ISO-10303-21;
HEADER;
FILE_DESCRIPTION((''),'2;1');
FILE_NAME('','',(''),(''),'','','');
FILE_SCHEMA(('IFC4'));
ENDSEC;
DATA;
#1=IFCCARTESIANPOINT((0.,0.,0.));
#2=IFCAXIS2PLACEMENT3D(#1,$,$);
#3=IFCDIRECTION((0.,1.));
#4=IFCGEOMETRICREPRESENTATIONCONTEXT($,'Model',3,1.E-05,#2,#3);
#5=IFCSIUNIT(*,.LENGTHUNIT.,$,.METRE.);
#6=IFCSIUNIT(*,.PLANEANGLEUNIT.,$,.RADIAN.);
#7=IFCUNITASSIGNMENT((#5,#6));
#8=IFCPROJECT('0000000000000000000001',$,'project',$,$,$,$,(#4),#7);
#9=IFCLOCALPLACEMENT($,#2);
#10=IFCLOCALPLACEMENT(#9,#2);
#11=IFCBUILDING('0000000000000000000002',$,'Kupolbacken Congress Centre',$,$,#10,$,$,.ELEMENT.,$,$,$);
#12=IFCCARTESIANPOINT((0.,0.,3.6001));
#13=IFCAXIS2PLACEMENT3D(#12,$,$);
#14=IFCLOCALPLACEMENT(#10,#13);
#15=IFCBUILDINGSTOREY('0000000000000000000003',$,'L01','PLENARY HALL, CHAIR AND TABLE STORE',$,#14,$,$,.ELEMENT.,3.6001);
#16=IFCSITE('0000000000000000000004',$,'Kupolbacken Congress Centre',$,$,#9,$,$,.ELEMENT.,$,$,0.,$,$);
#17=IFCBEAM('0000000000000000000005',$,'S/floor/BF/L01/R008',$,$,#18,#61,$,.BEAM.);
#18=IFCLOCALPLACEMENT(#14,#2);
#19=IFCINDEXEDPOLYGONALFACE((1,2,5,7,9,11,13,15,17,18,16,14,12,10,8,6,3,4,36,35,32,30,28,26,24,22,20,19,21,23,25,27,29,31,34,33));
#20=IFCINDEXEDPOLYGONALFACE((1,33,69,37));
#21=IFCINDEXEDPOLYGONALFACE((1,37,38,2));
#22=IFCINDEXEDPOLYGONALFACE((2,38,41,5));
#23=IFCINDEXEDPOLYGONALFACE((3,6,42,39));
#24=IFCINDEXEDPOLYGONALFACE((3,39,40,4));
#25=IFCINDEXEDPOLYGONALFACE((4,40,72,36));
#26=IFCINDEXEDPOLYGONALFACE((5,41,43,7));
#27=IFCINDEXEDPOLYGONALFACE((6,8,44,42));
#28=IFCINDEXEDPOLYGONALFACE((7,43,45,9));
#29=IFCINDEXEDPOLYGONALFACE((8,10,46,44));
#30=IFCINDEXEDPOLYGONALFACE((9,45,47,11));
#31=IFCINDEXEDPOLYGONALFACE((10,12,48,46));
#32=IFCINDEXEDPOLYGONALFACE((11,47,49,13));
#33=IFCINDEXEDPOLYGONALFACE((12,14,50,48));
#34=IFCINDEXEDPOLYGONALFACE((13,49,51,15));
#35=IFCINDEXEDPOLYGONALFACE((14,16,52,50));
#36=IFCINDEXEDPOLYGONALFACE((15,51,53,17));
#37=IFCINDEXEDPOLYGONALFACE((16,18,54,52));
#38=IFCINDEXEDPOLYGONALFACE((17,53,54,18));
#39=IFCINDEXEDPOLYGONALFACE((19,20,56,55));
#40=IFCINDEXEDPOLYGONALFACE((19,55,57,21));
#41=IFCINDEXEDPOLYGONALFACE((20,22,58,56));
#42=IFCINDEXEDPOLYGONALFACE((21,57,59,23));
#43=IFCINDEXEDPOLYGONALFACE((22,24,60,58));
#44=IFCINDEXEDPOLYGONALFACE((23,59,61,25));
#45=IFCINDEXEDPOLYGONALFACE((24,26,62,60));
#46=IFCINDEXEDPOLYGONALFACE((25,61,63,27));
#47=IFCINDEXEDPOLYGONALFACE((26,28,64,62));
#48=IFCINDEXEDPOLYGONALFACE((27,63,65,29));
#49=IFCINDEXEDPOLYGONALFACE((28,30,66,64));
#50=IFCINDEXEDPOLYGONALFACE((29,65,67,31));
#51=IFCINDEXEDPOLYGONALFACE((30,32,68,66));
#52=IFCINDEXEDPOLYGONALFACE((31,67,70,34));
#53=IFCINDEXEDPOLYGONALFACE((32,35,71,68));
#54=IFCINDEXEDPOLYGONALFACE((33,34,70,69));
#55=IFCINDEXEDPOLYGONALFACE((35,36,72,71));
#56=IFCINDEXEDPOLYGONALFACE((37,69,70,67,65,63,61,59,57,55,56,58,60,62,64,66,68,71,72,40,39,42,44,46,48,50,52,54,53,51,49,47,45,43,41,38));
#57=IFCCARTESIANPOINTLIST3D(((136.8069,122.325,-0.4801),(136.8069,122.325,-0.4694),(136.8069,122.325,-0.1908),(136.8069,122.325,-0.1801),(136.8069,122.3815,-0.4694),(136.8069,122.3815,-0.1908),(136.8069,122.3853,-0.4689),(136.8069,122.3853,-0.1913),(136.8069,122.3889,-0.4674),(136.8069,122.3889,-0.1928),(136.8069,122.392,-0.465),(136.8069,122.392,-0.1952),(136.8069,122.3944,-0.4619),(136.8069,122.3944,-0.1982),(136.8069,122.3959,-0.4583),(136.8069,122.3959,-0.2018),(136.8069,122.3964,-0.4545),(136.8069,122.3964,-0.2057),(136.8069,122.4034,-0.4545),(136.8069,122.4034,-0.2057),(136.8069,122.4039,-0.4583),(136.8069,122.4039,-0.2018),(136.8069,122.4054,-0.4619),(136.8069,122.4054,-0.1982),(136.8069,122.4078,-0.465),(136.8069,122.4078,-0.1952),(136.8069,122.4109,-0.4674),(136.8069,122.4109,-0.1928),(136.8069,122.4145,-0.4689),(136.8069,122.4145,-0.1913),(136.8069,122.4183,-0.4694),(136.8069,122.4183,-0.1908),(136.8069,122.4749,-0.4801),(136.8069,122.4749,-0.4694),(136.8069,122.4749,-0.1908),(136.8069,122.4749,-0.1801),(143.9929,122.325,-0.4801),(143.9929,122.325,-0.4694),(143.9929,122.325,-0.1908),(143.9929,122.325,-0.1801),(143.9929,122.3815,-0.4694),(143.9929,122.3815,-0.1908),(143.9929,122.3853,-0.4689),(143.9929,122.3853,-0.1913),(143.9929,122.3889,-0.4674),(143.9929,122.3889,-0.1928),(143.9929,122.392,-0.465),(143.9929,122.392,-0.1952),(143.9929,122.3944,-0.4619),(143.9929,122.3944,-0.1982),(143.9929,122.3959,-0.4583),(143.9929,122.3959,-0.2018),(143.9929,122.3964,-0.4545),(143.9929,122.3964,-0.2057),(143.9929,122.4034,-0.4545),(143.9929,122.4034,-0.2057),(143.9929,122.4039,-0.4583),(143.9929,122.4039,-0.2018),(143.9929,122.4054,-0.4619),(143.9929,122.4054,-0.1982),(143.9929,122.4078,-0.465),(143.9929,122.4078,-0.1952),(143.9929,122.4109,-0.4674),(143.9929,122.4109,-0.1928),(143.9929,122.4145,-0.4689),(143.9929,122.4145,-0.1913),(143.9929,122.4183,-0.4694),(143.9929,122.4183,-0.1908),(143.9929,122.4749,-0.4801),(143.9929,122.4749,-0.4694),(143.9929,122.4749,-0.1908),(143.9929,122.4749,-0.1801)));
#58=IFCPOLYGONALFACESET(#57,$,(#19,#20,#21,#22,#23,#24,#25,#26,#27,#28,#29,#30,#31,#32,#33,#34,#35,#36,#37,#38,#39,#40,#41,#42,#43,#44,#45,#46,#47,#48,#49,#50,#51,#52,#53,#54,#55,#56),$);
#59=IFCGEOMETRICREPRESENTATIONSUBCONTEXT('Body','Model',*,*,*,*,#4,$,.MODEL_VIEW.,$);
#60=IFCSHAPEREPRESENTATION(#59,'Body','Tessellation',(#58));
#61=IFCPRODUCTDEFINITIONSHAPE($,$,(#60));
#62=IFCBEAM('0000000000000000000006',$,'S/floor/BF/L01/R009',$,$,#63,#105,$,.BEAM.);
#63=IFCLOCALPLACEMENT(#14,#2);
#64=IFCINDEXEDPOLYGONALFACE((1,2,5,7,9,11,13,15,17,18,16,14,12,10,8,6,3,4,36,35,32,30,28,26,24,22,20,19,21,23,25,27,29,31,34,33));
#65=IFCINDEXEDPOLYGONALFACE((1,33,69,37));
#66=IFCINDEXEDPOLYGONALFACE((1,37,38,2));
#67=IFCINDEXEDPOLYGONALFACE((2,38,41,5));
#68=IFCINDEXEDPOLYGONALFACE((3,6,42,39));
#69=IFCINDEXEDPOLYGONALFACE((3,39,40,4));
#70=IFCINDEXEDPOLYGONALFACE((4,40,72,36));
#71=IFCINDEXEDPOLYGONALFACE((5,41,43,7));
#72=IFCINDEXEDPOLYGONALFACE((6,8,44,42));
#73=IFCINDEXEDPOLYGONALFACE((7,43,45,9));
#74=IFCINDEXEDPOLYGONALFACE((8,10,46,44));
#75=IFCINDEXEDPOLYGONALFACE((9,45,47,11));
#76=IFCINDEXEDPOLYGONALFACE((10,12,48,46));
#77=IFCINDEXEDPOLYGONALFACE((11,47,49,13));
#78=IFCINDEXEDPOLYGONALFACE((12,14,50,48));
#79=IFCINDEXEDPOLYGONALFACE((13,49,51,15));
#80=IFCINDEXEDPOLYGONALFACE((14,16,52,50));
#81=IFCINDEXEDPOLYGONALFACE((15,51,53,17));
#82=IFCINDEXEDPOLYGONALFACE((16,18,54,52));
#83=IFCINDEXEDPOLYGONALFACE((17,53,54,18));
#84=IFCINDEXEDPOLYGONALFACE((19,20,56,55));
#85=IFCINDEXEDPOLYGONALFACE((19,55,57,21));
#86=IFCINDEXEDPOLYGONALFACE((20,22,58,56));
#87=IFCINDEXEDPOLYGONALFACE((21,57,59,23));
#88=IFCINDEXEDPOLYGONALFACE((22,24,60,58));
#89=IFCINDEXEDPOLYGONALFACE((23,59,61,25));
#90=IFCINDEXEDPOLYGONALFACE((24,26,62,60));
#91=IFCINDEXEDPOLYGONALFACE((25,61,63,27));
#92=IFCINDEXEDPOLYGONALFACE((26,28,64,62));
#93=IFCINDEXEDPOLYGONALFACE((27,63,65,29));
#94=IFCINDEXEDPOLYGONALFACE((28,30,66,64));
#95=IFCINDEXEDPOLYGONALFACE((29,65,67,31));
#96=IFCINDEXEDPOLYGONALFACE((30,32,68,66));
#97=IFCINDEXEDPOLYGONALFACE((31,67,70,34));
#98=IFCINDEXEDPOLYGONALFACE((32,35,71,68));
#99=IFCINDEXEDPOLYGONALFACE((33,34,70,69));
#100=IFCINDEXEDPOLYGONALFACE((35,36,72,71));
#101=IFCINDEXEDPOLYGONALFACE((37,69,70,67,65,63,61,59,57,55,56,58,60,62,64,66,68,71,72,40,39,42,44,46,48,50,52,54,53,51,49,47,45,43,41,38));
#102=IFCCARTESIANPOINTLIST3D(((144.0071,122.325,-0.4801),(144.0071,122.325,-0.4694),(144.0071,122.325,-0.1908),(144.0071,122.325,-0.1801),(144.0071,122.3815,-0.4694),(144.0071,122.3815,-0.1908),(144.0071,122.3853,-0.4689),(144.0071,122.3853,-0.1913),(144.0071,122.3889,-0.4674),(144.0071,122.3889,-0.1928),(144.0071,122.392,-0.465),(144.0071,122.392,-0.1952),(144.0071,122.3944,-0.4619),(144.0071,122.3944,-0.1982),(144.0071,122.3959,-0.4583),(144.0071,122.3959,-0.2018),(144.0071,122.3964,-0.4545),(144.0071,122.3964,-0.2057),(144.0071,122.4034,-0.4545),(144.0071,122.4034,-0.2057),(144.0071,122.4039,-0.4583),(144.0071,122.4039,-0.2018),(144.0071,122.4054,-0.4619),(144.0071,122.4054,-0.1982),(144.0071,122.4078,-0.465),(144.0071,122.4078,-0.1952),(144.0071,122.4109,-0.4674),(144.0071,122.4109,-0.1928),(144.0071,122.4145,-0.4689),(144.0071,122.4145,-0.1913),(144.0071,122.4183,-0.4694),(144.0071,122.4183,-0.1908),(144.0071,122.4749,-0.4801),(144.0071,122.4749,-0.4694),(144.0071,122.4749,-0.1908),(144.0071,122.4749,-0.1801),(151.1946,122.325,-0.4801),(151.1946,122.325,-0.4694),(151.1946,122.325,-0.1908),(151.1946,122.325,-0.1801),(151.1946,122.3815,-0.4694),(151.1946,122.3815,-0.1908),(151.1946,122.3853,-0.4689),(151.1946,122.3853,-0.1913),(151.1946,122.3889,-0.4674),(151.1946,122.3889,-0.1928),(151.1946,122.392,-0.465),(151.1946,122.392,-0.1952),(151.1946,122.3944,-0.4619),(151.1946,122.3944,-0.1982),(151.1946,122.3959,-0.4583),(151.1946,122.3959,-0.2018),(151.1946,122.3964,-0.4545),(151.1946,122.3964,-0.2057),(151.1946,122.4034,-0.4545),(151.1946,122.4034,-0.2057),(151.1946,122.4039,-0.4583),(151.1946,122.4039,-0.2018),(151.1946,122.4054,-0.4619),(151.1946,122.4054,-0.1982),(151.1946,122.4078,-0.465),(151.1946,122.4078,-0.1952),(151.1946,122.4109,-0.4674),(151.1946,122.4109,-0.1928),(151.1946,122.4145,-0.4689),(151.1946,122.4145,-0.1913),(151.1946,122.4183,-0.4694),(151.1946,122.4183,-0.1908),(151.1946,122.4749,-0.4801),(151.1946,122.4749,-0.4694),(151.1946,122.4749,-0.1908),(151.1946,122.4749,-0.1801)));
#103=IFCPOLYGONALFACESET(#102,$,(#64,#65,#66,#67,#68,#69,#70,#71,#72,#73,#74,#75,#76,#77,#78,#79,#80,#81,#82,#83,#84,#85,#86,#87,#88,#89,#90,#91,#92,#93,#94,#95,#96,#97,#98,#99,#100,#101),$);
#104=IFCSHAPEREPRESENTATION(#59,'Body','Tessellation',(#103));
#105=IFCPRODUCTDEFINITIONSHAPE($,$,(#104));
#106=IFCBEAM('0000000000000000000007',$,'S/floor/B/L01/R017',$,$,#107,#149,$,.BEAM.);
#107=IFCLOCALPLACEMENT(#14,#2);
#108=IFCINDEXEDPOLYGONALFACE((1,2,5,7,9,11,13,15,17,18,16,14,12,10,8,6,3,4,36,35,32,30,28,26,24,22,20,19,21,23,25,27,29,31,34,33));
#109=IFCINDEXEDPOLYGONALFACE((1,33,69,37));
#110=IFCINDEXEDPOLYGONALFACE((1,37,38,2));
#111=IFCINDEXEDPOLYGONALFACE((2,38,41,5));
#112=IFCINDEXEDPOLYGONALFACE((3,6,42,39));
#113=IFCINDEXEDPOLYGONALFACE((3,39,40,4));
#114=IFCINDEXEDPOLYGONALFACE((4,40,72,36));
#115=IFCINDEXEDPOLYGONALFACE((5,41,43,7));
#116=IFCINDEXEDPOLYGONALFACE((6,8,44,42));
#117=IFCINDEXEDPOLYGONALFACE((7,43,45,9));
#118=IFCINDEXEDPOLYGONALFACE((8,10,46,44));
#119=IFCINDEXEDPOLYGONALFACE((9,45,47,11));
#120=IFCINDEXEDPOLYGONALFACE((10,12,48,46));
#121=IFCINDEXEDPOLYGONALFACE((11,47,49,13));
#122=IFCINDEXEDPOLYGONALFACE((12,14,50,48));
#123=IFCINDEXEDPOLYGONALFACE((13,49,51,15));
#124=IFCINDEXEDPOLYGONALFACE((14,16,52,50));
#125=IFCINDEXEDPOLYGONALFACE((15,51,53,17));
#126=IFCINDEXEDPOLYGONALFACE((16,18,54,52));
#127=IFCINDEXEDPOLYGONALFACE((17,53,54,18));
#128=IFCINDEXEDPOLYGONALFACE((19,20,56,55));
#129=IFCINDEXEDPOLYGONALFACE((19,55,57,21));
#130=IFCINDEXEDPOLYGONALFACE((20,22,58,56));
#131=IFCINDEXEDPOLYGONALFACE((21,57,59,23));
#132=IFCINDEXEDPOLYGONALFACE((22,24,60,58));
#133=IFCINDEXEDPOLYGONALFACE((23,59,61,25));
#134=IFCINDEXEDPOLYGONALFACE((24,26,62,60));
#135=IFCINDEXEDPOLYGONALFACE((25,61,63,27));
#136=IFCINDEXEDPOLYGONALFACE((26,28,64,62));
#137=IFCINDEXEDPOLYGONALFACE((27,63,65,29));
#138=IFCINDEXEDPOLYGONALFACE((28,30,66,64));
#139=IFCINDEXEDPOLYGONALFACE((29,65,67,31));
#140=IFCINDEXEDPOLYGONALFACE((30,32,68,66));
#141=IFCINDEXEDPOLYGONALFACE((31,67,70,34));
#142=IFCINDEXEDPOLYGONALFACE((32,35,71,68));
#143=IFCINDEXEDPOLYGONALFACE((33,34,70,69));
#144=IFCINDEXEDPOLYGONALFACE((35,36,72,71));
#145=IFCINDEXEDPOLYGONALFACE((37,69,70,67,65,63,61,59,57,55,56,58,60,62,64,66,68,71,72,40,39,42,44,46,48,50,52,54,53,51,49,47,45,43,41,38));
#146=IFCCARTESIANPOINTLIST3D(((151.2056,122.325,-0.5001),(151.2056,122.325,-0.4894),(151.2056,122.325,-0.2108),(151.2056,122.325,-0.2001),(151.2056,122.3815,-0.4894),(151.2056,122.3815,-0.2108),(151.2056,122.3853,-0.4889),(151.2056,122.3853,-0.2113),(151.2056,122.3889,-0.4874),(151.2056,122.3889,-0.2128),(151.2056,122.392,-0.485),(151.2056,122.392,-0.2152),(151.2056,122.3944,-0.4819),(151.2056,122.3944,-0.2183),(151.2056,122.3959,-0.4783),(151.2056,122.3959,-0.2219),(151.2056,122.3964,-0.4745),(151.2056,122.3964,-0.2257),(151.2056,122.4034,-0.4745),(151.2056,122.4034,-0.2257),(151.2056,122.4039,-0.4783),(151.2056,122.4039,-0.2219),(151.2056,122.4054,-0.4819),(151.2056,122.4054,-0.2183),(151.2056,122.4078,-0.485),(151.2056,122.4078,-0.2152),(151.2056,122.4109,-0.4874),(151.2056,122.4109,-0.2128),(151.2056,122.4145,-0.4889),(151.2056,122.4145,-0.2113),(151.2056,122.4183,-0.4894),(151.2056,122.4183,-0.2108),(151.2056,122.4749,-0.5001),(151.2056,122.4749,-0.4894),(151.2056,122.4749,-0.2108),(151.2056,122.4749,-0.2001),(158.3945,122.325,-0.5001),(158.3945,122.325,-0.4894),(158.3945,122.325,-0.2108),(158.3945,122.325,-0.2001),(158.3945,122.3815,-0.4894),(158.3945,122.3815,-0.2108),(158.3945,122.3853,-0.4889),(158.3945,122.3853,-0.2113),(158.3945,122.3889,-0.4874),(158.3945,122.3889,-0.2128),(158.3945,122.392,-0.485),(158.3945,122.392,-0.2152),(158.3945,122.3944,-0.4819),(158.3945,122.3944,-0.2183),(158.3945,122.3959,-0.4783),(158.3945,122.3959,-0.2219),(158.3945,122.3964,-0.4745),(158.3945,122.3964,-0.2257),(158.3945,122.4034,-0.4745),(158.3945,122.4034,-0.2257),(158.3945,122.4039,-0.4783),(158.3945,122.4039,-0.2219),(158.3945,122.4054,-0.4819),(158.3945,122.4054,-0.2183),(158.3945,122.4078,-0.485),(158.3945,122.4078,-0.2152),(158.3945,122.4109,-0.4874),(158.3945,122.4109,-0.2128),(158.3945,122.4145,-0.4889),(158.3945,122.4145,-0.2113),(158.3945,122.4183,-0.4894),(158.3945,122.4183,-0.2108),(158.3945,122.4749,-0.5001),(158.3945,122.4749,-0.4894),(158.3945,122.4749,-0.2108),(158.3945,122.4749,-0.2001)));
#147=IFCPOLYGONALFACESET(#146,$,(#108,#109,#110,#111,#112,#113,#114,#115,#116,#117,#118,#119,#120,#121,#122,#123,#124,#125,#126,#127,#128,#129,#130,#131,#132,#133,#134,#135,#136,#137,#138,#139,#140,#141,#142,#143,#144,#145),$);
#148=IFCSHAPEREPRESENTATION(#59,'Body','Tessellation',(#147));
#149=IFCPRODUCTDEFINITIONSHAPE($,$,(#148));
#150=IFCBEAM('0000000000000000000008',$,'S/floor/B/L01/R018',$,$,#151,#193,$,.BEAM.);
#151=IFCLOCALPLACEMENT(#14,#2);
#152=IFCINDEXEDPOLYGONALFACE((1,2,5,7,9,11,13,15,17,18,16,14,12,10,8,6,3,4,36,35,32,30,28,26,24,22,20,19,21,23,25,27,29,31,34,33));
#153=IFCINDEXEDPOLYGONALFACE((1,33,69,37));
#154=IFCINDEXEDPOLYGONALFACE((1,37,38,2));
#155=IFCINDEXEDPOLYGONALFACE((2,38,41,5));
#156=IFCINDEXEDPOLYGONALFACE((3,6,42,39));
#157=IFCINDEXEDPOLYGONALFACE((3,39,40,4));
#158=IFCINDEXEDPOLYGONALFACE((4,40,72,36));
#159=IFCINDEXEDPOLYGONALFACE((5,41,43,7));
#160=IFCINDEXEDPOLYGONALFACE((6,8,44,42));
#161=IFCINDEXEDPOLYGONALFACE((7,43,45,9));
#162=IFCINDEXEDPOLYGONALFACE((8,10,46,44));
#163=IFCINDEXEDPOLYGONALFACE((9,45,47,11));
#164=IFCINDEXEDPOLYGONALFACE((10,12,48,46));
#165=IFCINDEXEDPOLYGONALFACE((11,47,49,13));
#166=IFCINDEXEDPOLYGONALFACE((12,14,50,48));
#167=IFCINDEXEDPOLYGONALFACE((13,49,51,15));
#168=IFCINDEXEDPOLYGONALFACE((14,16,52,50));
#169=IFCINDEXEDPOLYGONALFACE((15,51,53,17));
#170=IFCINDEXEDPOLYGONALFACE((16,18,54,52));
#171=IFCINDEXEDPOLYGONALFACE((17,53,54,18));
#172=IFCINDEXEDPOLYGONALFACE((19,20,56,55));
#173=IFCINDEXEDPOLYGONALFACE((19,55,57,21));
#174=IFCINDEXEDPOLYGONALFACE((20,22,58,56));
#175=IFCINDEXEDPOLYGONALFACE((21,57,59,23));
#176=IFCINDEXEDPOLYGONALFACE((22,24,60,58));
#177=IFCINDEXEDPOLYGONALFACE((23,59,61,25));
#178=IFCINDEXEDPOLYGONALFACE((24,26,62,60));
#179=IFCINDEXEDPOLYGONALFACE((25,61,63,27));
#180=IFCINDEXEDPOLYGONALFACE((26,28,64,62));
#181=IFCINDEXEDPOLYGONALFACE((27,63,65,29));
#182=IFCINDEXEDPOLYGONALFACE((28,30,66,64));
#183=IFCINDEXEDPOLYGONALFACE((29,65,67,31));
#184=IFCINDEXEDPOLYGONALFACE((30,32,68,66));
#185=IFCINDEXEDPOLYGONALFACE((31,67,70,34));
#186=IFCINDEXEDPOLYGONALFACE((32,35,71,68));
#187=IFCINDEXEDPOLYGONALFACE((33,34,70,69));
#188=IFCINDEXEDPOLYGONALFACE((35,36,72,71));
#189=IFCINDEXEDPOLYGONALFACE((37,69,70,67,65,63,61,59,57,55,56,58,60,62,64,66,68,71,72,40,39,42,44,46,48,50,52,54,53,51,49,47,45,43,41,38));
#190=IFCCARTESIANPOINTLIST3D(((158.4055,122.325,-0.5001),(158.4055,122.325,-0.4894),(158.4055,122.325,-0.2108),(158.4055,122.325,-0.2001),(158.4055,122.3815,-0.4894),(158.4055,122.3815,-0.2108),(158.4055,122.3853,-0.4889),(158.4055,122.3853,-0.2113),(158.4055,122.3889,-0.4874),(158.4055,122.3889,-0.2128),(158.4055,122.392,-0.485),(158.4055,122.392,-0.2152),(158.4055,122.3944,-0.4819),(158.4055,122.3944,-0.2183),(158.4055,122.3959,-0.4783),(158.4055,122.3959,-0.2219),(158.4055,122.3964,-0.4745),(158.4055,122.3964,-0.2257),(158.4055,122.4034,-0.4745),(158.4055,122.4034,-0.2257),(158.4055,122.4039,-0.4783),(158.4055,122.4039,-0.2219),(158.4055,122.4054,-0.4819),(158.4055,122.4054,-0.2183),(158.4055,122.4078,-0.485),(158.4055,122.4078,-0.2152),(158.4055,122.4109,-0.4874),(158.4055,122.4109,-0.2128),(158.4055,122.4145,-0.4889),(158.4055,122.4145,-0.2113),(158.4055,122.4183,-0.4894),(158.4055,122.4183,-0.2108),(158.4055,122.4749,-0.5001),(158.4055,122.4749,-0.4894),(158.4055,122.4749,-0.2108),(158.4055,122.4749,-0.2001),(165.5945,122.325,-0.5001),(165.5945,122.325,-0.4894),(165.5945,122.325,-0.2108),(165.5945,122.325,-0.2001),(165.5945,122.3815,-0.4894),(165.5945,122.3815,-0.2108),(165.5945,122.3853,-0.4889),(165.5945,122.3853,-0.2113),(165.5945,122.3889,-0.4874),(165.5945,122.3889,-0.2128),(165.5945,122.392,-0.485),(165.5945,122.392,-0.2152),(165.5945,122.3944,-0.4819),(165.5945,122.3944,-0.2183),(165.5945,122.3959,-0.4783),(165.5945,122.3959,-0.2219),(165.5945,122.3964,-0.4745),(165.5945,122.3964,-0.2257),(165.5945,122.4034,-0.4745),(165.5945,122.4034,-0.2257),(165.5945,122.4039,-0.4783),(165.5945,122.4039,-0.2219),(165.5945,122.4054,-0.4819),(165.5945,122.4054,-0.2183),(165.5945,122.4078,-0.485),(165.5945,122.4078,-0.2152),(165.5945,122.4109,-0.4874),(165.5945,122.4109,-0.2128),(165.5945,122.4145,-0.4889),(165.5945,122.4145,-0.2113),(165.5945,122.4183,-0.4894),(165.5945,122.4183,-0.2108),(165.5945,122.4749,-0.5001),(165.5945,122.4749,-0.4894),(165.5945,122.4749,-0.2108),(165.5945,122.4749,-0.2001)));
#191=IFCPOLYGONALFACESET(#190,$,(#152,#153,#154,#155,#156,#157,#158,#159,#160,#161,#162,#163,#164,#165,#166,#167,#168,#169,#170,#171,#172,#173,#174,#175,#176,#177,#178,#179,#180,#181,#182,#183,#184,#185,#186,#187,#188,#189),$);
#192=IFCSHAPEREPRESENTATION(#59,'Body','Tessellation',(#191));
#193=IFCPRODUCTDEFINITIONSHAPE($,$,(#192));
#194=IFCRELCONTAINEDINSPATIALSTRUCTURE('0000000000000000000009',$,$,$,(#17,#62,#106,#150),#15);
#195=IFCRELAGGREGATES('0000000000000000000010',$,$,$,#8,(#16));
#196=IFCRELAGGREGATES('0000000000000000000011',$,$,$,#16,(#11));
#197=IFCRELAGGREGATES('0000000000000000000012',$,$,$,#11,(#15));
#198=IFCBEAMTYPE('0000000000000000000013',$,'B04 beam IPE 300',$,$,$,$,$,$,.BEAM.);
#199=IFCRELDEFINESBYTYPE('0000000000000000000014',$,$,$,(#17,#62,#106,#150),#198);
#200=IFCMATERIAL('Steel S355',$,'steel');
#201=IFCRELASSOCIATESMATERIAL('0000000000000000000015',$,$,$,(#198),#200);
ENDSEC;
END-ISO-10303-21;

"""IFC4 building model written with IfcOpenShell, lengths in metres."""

from ifc_helpers import new_model, si_unit, direction, frame, origin, origin_2d, place, context, subcontext, project, spatial, i_section, extrude, material, material_profile, profile_set, type_object, element, save


model = new_model("IFC4")

# Units and contexts
model_context = context("Model", 3, precision=1e-05, world=origin(), true_north=direction((0.0, 1.0)))
body_context = subcontext(model_context, "Body", "Model", "MODEL_VIEW")
ifc_project = project(units=[si_unit("LENGTHUNIT", "METRE"), si_unit("PLANEANGLEUNIT", "RADIAN")], contexts=[model_context])

# Site, building, storey
site_placement = place(None, origin())
site = spatial("IfcSite", under=ifc_project, at=site_placement, Name="Kupolbacken Congress Centre", CompositionType="ELEMENT", RefElevation=0.0)
building_placement = place(site_placement, origin())
building = spatial("IfcBuilding", under=site, at=building_placement, Name="Kupolbacken Congress Centre", CompositionType="ELEMENT")
storey_placement = place(building_placement, frame((0.0, 0.0, 3.6001)))
storey = spatial("IfcBuildingStorey", under=building, at=storey_placement, Name="L01", Description="PLENARY HALL, CHAIR AND TABLE STORE", CompositionType="ELEMENT", Elevation=3.6001)

# Beams
ifc_material_1 = material(Name="Steel S355", Category="steel")
ifc_material_profile_1 = material_profile(ifc_material_1, i_section(OverallWidth=0.1499, OverallDepth=0.3, WebThickness=0.0071, FlangeThickness=0.0107, FilletRadius=0.0149, at=origin_2d()), Name="IPE 300")
ifc_profile_set_1 = profile_set([ifc_material_profile_1], Name="Steel S355")
beam_type_1 = type_object("IfcBeamType", Name="B04 beam IPE 300", PredefinedType="BEAM", material=ifc_profile_set_1)
beam_1_placement = place(storey_placement, frame((136.8069, 122.3999, -0.3301), z_axis=(1.0, 0.0, 0.0), x_axis=(0.0, 1.0, 0.0)))
element("IfcBeam", 1, at=beam_1_placement, inside=storey, type_object=beam_type_1, Name="S/floor/BF/L01/R008", PredefinedType="BEAM", context=body_context, shape_type="SweptSolid", body=[
    extrude(i_section(OverallWidth=0.1499, OverallDepth=0.3, WebThickness=0.0071, FlangeThickness=0.0107, FilletRadius=0.0149, at=origin_2d()), origin(), (0.0, 0.0, 1.0), 7.186),
])
beam_2_placement = place(storey_placement, frame((144.0071, 122.3999, -0.3301), z_axis=(1.0, 0.0, 0.0), x_axis=(0.0, 1.0, 0.0)))
element("IfcBeam", 2, at=beam_2_placement, inside=storey, type_object=beam_type_1, Name="S/floor/BF/L01/R009", PredefinedType="BEAM", context=body_context, shape_type="SweptSolid", body=[
    extrude(i_section(OverallWidth=0.1499, OverallDepth=0.3, WebThickness=0.0071, FlangeThickness=0.0107, FilletRadius=0.0149, at=origin_2d()), origin(), (0.0, 0.0, 1.0), 7.1875),
])
for number, where, z_axis, x_axis, name in (
    (3, (151.2056, 122.3999, -0.3501), (1.0, 0.0, 0.0), (0.0, 1.0, 0.0), "S/floor/B/L01/R017"),
    (4, (158.4055, 122.3999, -0.3501), (1.0, 0.0, 0.0), (0.0, 1.0, 0.0), "S/floor/B/L01/R018"),
):
    element("IfcBeam", number, at=place(storey_placement, frame(where, z_axis=z_axis, x_axis=x_axis)), inside=storey, type_object=beam_type_1, Name=name, PredefinedType="BEAM", context=body_context, shape_type="SweptSolid", body=[
        extrude(i_section(OverallWidth=0.1499, OverallDepth=0.3, WebThickness=0.0071, FlangeThickness=0.0107, FilletRadius=0.0149, at=origin_2d()), origin(), (0.0, 0.0, 1.0), 7.189),
    ])

save(model, "model.ifc")
